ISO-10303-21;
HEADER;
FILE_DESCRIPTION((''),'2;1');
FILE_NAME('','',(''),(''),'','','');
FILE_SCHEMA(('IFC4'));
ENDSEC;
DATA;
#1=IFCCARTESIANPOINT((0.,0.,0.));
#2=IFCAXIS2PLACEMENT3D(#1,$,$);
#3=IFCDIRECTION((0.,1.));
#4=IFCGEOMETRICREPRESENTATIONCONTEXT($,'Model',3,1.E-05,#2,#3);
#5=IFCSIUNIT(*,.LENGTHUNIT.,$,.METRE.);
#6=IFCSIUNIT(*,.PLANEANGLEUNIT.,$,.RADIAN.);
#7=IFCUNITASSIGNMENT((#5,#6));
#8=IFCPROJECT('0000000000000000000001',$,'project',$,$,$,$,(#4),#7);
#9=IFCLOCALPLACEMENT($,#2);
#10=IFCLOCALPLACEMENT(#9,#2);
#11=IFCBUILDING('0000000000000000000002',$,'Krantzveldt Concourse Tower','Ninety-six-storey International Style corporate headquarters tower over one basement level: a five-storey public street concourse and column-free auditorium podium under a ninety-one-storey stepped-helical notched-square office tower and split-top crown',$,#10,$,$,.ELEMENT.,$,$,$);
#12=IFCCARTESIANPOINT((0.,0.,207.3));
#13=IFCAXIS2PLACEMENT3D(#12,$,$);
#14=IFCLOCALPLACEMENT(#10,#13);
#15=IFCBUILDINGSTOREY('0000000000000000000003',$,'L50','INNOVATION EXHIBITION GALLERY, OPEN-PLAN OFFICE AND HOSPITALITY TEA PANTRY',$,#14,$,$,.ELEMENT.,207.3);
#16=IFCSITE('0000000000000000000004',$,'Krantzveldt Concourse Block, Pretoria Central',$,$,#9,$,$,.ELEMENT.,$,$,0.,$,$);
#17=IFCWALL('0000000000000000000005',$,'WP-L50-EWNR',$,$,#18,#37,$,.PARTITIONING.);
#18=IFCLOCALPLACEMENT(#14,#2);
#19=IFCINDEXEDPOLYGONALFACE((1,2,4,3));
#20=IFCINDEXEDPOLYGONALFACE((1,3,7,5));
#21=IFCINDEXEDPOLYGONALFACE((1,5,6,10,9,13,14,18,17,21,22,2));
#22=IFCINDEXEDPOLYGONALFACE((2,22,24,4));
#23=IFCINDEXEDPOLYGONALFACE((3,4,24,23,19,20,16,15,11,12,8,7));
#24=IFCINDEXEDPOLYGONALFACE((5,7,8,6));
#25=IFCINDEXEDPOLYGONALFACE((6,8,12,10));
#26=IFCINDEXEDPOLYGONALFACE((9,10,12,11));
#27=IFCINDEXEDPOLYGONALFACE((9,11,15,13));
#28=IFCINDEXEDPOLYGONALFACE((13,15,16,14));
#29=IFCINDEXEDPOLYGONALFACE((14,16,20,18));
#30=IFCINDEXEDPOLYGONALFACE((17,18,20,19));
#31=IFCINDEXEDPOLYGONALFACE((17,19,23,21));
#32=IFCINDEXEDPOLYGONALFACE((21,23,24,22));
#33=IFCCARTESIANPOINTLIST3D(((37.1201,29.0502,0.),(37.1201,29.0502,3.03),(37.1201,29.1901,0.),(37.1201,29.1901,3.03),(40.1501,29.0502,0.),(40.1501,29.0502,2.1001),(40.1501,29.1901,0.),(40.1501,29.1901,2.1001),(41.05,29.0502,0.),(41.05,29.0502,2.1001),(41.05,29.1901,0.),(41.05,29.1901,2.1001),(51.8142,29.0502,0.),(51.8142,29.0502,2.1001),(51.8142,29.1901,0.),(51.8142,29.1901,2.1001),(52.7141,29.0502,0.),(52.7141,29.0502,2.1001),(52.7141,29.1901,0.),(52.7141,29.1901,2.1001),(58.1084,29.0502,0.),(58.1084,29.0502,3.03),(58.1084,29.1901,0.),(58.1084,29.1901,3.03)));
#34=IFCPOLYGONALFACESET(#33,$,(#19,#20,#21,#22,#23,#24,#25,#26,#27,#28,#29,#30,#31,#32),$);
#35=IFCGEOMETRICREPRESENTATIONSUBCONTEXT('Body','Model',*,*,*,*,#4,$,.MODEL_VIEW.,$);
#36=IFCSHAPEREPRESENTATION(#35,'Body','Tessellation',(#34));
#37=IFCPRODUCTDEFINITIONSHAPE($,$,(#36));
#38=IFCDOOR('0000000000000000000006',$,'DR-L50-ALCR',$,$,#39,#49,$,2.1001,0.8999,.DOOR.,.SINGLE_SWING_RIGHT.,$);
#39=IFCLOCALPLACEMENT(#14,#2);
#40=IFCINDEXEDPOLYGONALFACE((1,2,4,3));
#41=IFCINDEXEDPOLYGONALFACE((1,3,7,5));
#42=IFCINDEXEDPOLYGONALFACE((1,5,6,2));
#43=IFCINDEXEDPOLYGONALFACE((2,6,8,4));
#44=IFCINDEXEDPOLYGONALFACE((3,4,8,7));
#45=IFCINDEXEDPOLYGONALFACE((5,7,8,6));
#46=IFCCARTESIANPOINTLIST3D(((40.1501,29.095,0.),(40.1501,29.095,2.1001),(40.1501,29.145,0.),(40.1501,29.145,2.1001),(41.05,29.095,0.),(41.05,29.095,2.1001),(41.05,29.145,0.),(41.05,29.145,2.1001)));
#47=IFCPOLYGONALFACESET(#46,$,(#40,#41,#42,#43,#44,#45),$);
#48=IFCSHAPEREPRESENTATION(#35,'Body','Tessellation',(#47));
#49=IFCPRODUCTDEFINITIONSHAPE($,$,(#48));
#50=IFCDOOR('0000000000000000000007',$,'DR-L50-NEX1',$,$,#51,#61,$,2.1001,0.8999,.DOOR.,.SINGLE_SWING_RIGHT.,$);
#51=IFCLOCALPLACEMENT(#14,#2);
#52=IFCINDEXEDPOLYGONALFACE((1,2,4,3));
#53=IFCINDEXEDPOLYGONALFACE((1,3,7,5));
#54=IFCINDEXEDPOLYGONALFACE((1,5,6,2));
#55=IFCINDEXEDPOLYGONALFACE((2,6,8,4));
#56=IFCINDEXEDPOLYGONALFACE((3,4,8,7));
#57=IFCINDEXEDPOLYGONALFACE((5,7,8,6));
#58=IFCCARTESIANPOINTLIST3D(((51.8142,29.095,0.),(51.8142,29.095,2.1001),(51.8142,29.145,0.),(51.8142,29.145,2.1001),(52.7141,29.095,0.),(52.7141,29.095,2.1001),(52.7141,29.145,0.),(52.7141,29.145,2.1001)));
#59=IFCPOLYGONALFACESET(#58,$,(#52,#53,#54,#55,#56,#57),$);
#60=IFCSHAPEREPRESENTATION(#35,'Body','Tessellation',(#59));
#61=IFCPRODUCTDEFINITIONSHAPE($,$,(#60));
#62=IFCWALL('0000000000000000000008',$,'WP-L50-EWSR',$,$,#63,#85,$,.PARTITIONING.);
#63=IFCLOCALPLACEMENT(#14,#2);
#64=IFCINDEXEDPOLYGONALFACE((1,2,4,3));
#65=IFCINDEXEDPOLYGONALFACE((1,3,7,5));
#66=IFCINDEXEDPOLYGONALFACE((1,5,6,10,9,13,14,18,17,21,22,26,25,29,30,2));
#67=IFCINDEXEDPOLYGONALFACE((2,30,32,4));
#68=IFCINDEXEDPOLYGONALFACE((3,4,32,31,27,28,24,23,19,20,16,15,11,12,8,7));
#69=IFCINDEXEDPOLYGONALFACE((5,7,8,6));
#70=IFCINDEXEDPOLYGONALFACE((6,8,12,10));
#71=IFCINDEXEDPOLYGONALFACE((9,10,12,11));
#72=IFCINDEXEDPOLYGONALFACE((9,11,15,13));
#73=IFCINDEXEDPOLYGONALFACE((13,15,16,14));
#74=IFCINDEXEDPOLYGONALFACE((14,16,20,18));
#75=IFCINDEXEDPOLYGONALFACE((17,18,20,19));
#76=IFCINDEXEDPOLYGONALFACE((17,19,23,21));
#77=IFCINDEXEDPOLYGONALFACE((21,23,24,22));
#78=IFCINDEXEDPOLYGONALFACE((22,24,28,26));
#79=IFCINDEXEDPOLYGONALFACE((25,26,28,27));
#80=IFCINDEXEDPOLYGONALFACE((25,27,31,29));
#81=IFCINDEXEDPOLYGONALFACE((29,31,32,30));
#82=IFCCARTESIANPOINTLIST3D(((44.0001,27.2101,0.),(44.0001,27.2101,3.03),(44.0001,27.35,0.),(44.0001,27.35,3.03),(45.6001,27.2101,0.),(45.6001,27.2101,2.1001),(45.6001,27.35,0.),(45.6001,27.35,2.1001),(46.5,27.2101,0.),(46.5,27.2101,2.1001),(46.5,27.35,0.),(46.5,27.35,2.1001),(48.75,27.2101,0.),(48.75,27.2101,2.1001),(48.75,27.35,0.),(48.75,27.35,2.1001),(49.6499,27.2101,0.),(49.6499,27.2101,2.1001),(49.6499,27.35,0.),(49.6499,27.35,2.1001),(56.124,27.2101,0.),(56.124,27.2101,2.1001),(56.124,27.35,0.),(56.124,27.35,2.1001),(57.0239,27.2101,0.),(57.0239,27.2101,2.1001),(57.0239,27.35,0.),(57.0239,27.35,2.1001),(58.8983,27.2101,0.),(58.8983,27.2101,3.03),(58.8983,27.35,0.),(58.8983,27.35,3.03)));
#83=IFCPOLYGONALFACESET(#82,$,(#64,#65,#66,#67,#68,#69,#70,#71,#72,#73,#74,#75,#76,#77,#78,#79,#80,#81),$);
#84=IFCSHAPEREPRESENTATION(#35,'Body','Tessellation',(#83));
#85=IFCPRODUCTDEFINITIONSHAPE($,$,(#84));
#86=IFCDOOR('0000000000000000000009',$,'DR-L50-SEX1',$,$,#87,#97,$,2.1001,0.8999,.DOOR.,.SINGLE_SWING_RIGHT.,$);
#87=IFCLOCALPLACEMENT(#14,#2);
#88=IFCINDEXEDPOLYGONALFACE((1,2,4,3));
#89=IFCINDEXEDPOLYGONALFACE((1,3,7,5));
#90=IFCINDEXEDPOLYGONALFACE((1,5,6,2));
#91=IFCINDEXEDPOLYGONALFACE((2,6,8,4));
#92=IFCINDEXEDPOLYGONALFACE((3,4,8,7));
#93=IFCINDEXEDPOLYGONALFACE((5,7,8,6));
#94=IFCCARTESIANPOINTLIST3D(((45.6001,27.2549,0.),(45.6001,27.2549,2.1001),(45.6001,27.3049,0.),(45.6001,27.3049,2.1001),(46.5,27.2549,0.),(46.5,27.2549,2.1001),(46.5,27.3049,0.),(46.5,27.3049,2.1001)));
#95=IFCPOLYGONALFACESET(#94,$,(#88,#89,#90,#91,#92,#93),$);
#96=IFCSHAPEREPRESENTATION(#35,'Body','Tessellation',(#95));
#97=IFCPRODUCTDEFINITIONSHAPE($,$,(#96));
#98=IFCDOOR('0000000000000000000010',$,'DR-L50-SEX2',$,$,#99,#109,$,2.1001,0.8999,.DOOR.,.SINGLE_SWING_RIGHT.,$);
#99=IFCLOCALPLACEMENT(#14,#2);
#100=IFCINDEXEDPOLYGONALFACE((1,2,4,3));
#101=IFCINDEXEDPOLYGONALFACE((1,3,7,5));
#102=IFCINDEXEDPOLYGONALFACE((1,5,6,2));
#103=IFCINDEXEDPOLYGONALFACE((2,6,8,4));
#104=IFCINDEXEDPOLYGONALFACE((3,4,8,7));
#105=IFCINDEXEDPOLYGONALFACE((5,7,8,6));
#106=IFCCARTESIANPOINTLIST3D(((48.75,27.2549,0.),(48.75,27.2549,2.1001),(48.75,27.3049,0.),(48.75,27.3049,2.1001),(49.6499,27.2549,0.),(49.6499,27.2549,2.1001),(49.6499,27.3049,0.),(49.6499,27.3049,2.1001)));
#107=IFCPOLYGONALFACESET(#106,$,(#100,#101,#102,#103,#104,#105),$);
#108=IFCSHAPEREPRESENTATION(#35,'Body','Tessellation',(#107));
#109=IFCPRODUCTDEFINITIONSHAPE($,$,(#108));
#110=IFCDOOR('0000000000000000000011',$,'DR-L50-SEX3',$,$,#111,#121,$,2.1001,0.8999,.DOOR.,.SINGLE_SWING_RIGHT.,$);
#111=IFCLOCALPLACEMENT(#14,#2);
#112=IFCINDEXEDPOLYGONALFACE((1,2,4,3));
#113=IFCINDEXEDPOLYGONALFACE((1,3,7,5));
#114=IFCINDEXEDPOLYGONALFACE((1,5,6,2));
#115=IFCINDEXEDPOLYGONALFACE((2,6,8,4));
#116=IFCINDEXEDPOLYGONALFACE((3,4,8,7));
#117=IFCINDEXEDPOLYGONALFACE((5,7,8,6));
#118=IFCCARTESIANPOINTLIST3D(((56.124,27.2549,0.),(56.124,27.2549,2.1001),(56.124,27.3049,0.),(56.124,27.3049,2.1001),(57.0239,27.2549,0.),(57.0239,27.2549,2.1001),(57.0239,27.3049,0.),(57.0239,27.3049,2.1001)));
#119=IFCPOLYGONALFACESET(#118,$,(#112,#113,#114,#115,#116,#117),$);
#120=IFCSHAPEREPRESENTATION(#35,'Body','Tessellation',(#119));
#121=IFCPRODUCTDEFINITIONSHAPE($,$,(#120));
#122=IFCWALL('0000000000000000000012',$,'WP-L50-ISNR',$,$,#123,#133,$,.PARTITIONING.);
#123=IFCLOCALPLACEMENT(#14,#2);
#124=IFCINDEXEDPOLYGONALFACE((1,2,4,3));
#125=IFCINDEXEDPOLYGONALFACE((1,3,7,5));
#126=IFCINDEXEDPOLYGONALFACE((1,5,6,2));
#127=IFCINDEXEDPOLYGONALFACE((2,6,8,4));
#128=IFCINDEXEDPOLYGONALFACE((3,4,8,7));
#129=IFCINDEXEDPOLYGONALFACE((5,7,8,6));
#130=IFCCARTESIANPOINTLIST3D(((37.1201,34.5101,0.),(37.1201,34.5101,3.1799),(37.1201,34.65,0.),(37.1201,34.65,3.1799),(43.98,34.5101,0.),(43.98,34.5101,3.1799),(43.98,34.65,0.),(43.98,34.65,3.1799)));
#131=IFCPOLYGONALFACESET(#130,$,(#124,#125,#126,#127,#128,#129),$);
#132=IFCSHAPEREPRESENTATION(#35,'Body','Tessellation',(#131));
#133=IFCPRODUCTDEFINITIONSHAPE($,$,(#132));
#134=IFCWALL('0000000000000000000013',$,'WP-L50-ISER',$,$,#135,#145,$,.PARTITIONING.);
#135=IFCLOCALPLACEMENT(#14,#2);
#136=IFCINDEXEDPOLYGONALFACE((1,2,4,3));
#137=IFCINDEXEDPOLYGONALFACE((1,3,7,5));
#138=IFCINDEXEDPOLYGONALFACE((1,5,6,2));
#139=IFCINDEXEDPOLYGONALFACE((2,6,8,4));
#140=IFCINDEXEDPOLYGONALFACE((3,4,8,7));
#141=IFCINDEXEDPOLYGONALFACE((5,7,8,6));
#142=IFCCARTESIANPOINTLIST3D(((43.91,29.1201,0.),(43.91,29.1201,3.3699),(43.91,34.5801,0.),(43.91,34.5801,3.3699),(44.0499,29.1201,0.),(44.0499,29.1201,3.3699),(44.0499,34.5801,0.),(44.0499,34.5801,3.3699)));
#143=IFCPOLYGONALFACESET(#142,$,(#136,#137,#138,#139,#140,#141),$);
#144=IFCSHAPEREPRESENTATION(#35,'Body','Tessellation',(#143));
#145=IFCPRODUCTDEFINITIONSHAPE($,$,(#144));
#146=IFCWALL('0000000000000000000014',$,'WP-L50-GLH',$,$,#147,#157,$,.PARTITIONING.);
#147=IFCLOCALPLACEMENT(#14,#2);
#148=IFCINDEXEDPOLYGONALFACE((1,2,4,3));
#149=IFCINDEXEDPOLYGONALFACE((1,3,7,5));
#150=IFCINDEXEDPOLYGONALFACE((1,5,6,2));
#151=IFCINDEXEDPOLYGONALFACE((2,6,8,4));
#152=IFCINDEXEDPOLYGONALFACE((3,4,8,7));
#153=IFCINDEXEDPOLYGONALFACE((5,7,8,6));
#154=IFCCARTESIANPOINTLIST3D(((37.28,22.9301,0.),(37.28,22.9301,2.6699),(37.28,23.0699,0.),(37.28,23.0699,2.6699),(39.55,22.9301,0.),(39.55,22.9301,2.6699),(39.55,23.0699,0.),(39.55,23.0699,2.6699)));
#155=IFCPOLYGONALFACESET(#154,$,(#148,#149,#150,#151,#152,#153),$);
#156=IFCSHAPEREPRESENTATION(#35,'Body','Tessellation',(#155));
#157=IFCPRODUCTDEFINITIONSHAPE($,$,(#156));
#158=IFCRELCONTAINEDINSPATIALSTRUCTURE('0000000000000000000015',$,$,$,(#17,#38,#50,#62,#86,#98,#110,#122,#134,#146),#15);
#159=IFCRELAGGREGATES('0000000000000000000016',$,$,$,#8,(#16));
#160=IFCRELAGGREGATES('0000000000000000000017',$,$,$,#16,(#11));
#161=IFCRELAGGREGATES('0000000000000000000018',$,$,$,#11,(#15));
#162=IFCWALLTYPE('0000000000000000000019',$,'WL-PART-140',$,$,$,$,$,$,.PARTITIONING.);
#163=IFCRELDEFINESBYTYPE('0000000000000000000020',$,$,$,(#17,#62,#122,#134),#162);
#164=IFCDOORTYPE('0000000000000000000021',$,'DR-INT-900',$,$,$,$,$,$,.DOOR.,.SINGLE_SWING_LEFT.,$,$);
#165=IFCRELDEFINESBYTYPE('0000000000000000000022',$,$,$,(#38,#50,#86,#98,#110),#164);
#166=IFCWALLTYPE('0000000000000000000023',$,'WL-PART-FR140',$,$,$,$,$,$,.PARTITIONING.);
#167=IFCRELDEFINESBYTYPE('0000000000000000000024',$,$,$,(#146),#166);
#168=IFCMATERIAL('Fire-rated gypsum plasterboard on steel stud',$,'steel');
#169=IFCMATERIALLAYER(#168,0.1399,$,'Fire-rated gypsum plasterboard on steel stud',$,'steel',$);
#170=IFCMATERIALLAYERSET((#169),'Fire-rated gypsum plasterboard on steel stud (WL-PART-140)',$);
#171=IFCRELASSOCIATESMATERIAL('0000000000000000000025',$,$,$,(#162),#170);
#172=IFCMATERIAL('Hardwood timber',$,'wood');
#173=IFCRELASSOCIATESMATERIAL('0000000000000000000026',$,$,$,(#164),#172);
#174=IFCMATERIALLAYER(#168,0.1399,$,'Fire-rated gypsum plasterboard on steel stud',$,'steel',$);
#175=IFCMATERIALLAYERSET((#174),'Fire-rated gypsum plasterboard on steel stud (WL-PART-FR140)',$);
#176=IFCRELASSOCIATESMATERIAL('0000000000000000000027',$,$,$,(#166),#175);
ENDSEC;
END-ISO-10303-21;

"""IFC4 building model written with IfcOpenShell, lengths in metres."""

from ifc_helpers import new_model, si_unit, direction, frame, frame_2d, origin, place, context, subcontext, project, spatial, rectangle, extrude, material, layer, layer_set, type_object, element, fill, save


model = new_model("IFC4")

# Units and contexts
model_context = context("Model", 3, precision=1e-05, world=origin(), true_north=direction((0.0, 1.0)))
body_context = subcontext(model_context, "Body", "Model", "MODEL_VIEW")
ifc_project = project(units=[si_unit("LENGTHUNIT", "METRE"), si_unit("PLANEANGLEUNIT", "RADIAN")], contexts=[model_context])

# Site, building, storey
site_placement = place(None, origin())
site = spatial("IfcSite", under=ifc_project, at=site_placement, Name="Krantzveldt Concourse Block, Pretoria Central", CompositionType="ELEMENT", RefElevation=0.0)
building_placement = place(site_placement, origin())
building = spatial("IfcBuilding", under=site, at=building_placement, Name="Krantzveldt Concourse Tower", Description="Ninety-six-storey International Style corporate headquarters tower over one basement level: a five-storey public street concourse and column-free auditorium podium under a ninety-one-storey stepped-helical notched-square office tower and split-top crown", CompositionType="ELEMENT")
storey_placement = place(building_placement, frame((0.0, 0.0, 207.3)))
storey = spatial("IfcBuildingStorey", under=building, at=storey_placement, Name="L50", Description="INNOVATION EXHIBITION GALLERY, OPEN-PLAN OFFICE AND HOSPITALITY TEA PANTRY", CompositionType="ELEMENT", Elevation=207.3)

# Shared definitions
ifc_material_1 = material(Name="Fire-rated gypsum plasterboard on steel stud", Category="steel")

# Walls, openings, doors
ifc_layer_1 = layer(ifc_material_1, 0.1399, Name="Fire-rated gypsum plasterboard on steel stud", Category="steel")
ifc_layer_set_1 = layer_set([ifc_layer_1], Name="Fire-rated gypsum plasterboard on steel stud (WL-PART-140)")
wall_type_1 = type_object("IfcWallType", Name="WL-PART-140", PredefinedType="PARTITIONING", material=ifc_layer_set_1)
ifc_material_2 = material(Name="Hardwood timber", Category="wood")
door_type_1 = type_object("IfcDoorType", Name="DR-INT-900", OperationType="SINGLE_SWING_LEFT", PredefinedType="DOOR", material=ifc_material_2)
wall_1_placement = place(storey_placement, frame((37.1201, 29.1201, 0.0), z_axis=(0.0, 0.0, 1.0), x_axis=(1.0, 0.0, 0.0)))
wall_1 = element("IfcWall", 1, at=wall_1_placement, inside=storey, type_object=wall_type_1, Name="WP-L50-EWNR", PredefinedType="PARTITIONING", context=body_context, shape_type="SweptSolid", body=[
    extrude(rectangle(XDim=20.9883, YDim=0.1399, at=frame_2d((10.4941, 0.0))), origin(), (0.0, 0.0, 1.0), 3.03),
])
opening_1_placement = place(wall_1_placement, frame((3.03, 0.0, 0.0)))
opening_1 = element("IfcOpeningElement", 2, at=opening_1_placement, cuts=wall_1, PredefinedType="OPENING", context=body_context, shape_type="SweptSolid", body=[
    extrude(rectangle(XDim=0.8999, YDim=2.1001, at=frame_2d((0.45, 1.05))), frame((0.0, 0.0801, 0.0), z_axis=(0.0, -1.0, 0.0), x_axis=(1.0, 0.0, 0.0)), (0.0, 0.0, 1.0), 0.1599),
])
opening_2_placement = place(wall_1_placement, frame((14.6941, 0.0, 0.0)))
opening_2 = element("IfcOpeningElement", 3, at=opening_2_placement, cuts=wall_1, PredefinedType="OPENING", context=body_context, shape_type="SweptSolid", body=[
    extrude(rectangle(XDim=0.8999, YDim=2.1001, at=frame_2d((0.45, 1.05))), frame((0.0, 0.0801, 0.0), z_axis=(0.0, -1.0, 0.0), x_axis=(1.0, 0.0, 0.0)), (0.0, 0.0, 1.0), 0.1599),
])
door_1_placement = place(opening_1_placement, origin())
door_1 = element("IfcDoor", 4, at=door_1_placement, inside=storey, type_object=door_type_1, Name="DR-L50-ALCR", OperationType="SINGLE_SWING_RIGHT", OverallHeight=2.1001, OverallWidth=0.8999, PredefinedType="DOOR", context=body_context, shape_type="SweptSolid", body=[
    extrude(rectangle(XDim=0.8999, YDim=2.1001, at=frame_2d((0.45, 1.05))), frame((0.0, 0.0249, 0.0), z_axis=(0.0, -1.0, 0.0), x_axis=(1.0, 0.0, 0.0)), (0.0, 0.0, 1.0), 0.05),
])
fill(opening_1, door_1)
door_2_placement = place(opening_2_placement, origin())
door_2 = element("IfcDoor", 5, at=door_2_placement, inside=storey, type_object=door_type_1, Name="DR-L50-NEX1", OperationType="SINGLE_SWING_RIGHT", OverallHeight=2.1001, OverallWidth=0.8999, PredefinedType="DOOR", context=body_context, shape_type="SweptSolid", body=[
    extrude(rectangle(XDim=0.8999, YDim=2.1001, at=frame_2d((0.45, 1.05))), frame((0.0, 0.0249, 0.0), z_axis=(0.0, -1.0, 0.0), x_axis=(1.0, 0.0, 0.0)), (0.0, 0.0, 1.0), 0.05),
])
fill(opening_2, door_2)
wall_2_placement = place(storey_placement, frame((44.0, 27.28, 0.0), z_axis=(0.0, 0.0, 1.0), x_axis=(1.0, 0.0, 0.0)))
wall_2 = element("IfcWall", 6, at=wall_2_placement, inside=storey, type_object=wall_type_1, Name="WP-L50-EWSR", PredefinedType="PARTITIONING", context=body_context, shape_type="SweptSolid", body=[
    extrude(rectangle(XDim=14.8982, YDim=0.1399, at=frame_2d((7.4492, 0.0))), origin(), (0.0, 0.0, 1.0), 3.03),
])
opening_3_placement = place(wall_2_placement, frame((1.6001, 0.0, 0.0)))
opening_3 = element("IfcOpeningElement", 7, at=opening_3_placement, cuts=wall_2, PredefinedType="OPENING", context=body_context, shape_type="SweptSolid", body=[
    extrude(rectangle(XDim=0.8999, YDim=2.1001, at=frame_2d((0.45, 1.05))), frame((0.0, 0.0801, 0.0), z_axis=(0.0, -1.0, 0.0), x_axis=(1.0, 0.0, 0.0)), (0.0, 0.0, 1.0), 0.1599),
])
opening_4_placement = place(wall_2_placement, frame((4.75, 0.0, 0.0)))
opening_4 = element("IfcOpeningElement", 8, at=opening_4_placement, cuts=wall_2, PredefinedType="OPENING", context=body_context, shape_type="SweptSolid", body=[
    extrude(rectangle(XDim=0.8999, YDim=2.1001, at=frame_2d((0.45, 1.05))), frame((0.0, 0.0801, 0.0), z_axis=(0.0, -1.0, 0.0), x_axis=(1.0, 0.0, 0.0)), (0.0, 0.0, 1.0), 0.1599),
])
opening_5_placement = place(wall_2_placement, frame((12.124, 0.0, 0.0)))
opening_5 = element("IfcOpeningElement", 9, at=opening_5_placement, cuts=wall_2, PredefinedType="OPENING", context=body_context, shape_type="SweptSolid", body=[
    extrude(rectangle(XDim=0.8999, YDim=2.1001, at=frame_2d((0.45, 1.05))), frame((0.0, 0.0801, 0.0), z_axis=(0.0, -1.0, 0.0), x_axis=(1.0, 0.0, 0.0)), (0.0, 0.0, 1.0), 0.1599),
])
door_3_placement = place(opening_3_placement, origin())
door_3 = element("IfcDoor", 10, at=door_3_placement, inside=storey, type_object=door_type_1, Name="DR-L50-SEX1", OperationType="SINGLE_SWING_RIGHT", OverallHeight=2.1001, OverallWidth=0.8999, PredefinedType="DOOR", context=body_context, shape_type="SweptSolid", body=[
    extrude(rectangle(XDim=0.8999, YDim=2.1001, at=frame_2d((0.45, 1.05))), frame((0.0, 0.0249, 0.0), z_axis=(0.0, -1.0, 0.0), x_axis=(1.0, 0.0, 0.0)), (0.0, 0.0, 1.0), 0.05),
])
fill(opening_3, door_3)
door_4_placement = place(opening_4_placement, origin())
door_4 = element("IfcDoor", 11, at=door_4_placement, inside=storey, type_object=door_type_1, Name="DR-L50-SEX2", OperationType="SINGLE_SWING_RIGHT", OverallHeight=2.1001, OverallWidth=0.8999, PredefinedType="DOOR", context=body_context, shape_type="SweptSolid", body=[
    extrude(rectangle(XDim=0.8999, YDim=2.1001, at=frame_2d((0.45, 1.05))), frame((0.0, 0.0249, 0.0), z_axis=(0.0, -1.0, 0.0), x_axis=(1.0, 0.0, 0.0)), (0.0, 0.0, 1.0), 0.05),
])
fill(opening_4, door_4)
door_5_placement = place(opening_5_placement, origin())
door_5 = element("IfcDoor", 12, at=door_5_placement, inside=storey, type_object=door_type_1, Name="DR-L50-SEX3", OperationType="SINGLE_SWING_RIGHT", OverallHeight=2.1001, OverallWidth=0.8999, PredefinedType="DOOR", context=body_context, shape_type="SweptSolid", body=[
    extrude(rectangle(XDim=0.8999, YDim=2.1001, at=frame_2d((0.45, 1.05))), frame((0.0, 0.0249, 0.0), z_axis=(0.0, -1.0, 0.0), x_axis=(1.0, 0.0, 0.0)), (0.0, 0.0, 1.0), 0.05),
])
fill(opening_5, door_5)

# Walls
wall_3_placement = place(storey_placement, frame((37.1201, 34.5801, 0.0), z_axis=(0.0, 0.0, 1.0), x_axis=(1.0, 0.0, 0.0)))
element("IfcWall", 13, at=wall_3_placement, inside=storey, type_object=wall_type_1, Name="WP-L50-ISNR", PredefinedType="PARTITIONING", context=body_context, shape_type="SweptSolid", body=[
    extrude(rectangle(XDim=6.8599, YDim=0.1399, at=frame_2d((3.4299, 0.0))), origin(), (0.0, 0.0, 1.0), 3.1799),
])
wall_4_placement = place(storey_placement, frame((43.98, 29.1201, 0.0), z_axis=(0.0, 0.0, 1.0), x_axis=(0.0, 1.0, 0.0)))
element("IfcWall", 14, at=wall_4_placement, inside=storey, type_object=wall_type_1, Name="WP-L50-ISER", PredefinedType="PARTITIONING", context=body_context, shape_type="SweptSolid", body=[
    extrude(rectangle(XDim=5.46, YDim=0.1399, at=frame_2d((2.73, 0.0))), origin(), (0.0, 0.0, 1.0), 3.3699),
])
ifc_layer_2 = layer(ifc_material_1, 0.1399, Name="Fire-rated gypsum plasterboard on steel stud", Category="steel")
ifc_layer_set_2 = layer_set([ifc_layer_2], Name="Fire-rated gypsum plasterboard on steel stud (WL-PART-FR140)")
wall_type_2 = type_object("IfcWallType", Name="WL-PART-FR140", PredefinedType="PARTITIONING", material=ifc_layer_set_2)
wall_5_placement = place(storey_placement, frame((37.28, 23.0, 0.0), z_axis=(0.0, 0.0, 1.0), x_axis=(1.0, 0.0, 0.0)))
element("IfcWall", 15, at=wall_5_placement, inside=storey, type_object=wall_type_2, Name="WP-L50-GLH", PredefinedType="PARTITIONING", context=body_context, shape_type="SweptSolid", body=[
    extrude(rectangle(XDim=2.27, YDim=0.1399, at=frame_2d((1.135, 0.0))), origin(), (0.0, 0.0, 1.0), 2.6699),
])

save(model, "model.ifc")
